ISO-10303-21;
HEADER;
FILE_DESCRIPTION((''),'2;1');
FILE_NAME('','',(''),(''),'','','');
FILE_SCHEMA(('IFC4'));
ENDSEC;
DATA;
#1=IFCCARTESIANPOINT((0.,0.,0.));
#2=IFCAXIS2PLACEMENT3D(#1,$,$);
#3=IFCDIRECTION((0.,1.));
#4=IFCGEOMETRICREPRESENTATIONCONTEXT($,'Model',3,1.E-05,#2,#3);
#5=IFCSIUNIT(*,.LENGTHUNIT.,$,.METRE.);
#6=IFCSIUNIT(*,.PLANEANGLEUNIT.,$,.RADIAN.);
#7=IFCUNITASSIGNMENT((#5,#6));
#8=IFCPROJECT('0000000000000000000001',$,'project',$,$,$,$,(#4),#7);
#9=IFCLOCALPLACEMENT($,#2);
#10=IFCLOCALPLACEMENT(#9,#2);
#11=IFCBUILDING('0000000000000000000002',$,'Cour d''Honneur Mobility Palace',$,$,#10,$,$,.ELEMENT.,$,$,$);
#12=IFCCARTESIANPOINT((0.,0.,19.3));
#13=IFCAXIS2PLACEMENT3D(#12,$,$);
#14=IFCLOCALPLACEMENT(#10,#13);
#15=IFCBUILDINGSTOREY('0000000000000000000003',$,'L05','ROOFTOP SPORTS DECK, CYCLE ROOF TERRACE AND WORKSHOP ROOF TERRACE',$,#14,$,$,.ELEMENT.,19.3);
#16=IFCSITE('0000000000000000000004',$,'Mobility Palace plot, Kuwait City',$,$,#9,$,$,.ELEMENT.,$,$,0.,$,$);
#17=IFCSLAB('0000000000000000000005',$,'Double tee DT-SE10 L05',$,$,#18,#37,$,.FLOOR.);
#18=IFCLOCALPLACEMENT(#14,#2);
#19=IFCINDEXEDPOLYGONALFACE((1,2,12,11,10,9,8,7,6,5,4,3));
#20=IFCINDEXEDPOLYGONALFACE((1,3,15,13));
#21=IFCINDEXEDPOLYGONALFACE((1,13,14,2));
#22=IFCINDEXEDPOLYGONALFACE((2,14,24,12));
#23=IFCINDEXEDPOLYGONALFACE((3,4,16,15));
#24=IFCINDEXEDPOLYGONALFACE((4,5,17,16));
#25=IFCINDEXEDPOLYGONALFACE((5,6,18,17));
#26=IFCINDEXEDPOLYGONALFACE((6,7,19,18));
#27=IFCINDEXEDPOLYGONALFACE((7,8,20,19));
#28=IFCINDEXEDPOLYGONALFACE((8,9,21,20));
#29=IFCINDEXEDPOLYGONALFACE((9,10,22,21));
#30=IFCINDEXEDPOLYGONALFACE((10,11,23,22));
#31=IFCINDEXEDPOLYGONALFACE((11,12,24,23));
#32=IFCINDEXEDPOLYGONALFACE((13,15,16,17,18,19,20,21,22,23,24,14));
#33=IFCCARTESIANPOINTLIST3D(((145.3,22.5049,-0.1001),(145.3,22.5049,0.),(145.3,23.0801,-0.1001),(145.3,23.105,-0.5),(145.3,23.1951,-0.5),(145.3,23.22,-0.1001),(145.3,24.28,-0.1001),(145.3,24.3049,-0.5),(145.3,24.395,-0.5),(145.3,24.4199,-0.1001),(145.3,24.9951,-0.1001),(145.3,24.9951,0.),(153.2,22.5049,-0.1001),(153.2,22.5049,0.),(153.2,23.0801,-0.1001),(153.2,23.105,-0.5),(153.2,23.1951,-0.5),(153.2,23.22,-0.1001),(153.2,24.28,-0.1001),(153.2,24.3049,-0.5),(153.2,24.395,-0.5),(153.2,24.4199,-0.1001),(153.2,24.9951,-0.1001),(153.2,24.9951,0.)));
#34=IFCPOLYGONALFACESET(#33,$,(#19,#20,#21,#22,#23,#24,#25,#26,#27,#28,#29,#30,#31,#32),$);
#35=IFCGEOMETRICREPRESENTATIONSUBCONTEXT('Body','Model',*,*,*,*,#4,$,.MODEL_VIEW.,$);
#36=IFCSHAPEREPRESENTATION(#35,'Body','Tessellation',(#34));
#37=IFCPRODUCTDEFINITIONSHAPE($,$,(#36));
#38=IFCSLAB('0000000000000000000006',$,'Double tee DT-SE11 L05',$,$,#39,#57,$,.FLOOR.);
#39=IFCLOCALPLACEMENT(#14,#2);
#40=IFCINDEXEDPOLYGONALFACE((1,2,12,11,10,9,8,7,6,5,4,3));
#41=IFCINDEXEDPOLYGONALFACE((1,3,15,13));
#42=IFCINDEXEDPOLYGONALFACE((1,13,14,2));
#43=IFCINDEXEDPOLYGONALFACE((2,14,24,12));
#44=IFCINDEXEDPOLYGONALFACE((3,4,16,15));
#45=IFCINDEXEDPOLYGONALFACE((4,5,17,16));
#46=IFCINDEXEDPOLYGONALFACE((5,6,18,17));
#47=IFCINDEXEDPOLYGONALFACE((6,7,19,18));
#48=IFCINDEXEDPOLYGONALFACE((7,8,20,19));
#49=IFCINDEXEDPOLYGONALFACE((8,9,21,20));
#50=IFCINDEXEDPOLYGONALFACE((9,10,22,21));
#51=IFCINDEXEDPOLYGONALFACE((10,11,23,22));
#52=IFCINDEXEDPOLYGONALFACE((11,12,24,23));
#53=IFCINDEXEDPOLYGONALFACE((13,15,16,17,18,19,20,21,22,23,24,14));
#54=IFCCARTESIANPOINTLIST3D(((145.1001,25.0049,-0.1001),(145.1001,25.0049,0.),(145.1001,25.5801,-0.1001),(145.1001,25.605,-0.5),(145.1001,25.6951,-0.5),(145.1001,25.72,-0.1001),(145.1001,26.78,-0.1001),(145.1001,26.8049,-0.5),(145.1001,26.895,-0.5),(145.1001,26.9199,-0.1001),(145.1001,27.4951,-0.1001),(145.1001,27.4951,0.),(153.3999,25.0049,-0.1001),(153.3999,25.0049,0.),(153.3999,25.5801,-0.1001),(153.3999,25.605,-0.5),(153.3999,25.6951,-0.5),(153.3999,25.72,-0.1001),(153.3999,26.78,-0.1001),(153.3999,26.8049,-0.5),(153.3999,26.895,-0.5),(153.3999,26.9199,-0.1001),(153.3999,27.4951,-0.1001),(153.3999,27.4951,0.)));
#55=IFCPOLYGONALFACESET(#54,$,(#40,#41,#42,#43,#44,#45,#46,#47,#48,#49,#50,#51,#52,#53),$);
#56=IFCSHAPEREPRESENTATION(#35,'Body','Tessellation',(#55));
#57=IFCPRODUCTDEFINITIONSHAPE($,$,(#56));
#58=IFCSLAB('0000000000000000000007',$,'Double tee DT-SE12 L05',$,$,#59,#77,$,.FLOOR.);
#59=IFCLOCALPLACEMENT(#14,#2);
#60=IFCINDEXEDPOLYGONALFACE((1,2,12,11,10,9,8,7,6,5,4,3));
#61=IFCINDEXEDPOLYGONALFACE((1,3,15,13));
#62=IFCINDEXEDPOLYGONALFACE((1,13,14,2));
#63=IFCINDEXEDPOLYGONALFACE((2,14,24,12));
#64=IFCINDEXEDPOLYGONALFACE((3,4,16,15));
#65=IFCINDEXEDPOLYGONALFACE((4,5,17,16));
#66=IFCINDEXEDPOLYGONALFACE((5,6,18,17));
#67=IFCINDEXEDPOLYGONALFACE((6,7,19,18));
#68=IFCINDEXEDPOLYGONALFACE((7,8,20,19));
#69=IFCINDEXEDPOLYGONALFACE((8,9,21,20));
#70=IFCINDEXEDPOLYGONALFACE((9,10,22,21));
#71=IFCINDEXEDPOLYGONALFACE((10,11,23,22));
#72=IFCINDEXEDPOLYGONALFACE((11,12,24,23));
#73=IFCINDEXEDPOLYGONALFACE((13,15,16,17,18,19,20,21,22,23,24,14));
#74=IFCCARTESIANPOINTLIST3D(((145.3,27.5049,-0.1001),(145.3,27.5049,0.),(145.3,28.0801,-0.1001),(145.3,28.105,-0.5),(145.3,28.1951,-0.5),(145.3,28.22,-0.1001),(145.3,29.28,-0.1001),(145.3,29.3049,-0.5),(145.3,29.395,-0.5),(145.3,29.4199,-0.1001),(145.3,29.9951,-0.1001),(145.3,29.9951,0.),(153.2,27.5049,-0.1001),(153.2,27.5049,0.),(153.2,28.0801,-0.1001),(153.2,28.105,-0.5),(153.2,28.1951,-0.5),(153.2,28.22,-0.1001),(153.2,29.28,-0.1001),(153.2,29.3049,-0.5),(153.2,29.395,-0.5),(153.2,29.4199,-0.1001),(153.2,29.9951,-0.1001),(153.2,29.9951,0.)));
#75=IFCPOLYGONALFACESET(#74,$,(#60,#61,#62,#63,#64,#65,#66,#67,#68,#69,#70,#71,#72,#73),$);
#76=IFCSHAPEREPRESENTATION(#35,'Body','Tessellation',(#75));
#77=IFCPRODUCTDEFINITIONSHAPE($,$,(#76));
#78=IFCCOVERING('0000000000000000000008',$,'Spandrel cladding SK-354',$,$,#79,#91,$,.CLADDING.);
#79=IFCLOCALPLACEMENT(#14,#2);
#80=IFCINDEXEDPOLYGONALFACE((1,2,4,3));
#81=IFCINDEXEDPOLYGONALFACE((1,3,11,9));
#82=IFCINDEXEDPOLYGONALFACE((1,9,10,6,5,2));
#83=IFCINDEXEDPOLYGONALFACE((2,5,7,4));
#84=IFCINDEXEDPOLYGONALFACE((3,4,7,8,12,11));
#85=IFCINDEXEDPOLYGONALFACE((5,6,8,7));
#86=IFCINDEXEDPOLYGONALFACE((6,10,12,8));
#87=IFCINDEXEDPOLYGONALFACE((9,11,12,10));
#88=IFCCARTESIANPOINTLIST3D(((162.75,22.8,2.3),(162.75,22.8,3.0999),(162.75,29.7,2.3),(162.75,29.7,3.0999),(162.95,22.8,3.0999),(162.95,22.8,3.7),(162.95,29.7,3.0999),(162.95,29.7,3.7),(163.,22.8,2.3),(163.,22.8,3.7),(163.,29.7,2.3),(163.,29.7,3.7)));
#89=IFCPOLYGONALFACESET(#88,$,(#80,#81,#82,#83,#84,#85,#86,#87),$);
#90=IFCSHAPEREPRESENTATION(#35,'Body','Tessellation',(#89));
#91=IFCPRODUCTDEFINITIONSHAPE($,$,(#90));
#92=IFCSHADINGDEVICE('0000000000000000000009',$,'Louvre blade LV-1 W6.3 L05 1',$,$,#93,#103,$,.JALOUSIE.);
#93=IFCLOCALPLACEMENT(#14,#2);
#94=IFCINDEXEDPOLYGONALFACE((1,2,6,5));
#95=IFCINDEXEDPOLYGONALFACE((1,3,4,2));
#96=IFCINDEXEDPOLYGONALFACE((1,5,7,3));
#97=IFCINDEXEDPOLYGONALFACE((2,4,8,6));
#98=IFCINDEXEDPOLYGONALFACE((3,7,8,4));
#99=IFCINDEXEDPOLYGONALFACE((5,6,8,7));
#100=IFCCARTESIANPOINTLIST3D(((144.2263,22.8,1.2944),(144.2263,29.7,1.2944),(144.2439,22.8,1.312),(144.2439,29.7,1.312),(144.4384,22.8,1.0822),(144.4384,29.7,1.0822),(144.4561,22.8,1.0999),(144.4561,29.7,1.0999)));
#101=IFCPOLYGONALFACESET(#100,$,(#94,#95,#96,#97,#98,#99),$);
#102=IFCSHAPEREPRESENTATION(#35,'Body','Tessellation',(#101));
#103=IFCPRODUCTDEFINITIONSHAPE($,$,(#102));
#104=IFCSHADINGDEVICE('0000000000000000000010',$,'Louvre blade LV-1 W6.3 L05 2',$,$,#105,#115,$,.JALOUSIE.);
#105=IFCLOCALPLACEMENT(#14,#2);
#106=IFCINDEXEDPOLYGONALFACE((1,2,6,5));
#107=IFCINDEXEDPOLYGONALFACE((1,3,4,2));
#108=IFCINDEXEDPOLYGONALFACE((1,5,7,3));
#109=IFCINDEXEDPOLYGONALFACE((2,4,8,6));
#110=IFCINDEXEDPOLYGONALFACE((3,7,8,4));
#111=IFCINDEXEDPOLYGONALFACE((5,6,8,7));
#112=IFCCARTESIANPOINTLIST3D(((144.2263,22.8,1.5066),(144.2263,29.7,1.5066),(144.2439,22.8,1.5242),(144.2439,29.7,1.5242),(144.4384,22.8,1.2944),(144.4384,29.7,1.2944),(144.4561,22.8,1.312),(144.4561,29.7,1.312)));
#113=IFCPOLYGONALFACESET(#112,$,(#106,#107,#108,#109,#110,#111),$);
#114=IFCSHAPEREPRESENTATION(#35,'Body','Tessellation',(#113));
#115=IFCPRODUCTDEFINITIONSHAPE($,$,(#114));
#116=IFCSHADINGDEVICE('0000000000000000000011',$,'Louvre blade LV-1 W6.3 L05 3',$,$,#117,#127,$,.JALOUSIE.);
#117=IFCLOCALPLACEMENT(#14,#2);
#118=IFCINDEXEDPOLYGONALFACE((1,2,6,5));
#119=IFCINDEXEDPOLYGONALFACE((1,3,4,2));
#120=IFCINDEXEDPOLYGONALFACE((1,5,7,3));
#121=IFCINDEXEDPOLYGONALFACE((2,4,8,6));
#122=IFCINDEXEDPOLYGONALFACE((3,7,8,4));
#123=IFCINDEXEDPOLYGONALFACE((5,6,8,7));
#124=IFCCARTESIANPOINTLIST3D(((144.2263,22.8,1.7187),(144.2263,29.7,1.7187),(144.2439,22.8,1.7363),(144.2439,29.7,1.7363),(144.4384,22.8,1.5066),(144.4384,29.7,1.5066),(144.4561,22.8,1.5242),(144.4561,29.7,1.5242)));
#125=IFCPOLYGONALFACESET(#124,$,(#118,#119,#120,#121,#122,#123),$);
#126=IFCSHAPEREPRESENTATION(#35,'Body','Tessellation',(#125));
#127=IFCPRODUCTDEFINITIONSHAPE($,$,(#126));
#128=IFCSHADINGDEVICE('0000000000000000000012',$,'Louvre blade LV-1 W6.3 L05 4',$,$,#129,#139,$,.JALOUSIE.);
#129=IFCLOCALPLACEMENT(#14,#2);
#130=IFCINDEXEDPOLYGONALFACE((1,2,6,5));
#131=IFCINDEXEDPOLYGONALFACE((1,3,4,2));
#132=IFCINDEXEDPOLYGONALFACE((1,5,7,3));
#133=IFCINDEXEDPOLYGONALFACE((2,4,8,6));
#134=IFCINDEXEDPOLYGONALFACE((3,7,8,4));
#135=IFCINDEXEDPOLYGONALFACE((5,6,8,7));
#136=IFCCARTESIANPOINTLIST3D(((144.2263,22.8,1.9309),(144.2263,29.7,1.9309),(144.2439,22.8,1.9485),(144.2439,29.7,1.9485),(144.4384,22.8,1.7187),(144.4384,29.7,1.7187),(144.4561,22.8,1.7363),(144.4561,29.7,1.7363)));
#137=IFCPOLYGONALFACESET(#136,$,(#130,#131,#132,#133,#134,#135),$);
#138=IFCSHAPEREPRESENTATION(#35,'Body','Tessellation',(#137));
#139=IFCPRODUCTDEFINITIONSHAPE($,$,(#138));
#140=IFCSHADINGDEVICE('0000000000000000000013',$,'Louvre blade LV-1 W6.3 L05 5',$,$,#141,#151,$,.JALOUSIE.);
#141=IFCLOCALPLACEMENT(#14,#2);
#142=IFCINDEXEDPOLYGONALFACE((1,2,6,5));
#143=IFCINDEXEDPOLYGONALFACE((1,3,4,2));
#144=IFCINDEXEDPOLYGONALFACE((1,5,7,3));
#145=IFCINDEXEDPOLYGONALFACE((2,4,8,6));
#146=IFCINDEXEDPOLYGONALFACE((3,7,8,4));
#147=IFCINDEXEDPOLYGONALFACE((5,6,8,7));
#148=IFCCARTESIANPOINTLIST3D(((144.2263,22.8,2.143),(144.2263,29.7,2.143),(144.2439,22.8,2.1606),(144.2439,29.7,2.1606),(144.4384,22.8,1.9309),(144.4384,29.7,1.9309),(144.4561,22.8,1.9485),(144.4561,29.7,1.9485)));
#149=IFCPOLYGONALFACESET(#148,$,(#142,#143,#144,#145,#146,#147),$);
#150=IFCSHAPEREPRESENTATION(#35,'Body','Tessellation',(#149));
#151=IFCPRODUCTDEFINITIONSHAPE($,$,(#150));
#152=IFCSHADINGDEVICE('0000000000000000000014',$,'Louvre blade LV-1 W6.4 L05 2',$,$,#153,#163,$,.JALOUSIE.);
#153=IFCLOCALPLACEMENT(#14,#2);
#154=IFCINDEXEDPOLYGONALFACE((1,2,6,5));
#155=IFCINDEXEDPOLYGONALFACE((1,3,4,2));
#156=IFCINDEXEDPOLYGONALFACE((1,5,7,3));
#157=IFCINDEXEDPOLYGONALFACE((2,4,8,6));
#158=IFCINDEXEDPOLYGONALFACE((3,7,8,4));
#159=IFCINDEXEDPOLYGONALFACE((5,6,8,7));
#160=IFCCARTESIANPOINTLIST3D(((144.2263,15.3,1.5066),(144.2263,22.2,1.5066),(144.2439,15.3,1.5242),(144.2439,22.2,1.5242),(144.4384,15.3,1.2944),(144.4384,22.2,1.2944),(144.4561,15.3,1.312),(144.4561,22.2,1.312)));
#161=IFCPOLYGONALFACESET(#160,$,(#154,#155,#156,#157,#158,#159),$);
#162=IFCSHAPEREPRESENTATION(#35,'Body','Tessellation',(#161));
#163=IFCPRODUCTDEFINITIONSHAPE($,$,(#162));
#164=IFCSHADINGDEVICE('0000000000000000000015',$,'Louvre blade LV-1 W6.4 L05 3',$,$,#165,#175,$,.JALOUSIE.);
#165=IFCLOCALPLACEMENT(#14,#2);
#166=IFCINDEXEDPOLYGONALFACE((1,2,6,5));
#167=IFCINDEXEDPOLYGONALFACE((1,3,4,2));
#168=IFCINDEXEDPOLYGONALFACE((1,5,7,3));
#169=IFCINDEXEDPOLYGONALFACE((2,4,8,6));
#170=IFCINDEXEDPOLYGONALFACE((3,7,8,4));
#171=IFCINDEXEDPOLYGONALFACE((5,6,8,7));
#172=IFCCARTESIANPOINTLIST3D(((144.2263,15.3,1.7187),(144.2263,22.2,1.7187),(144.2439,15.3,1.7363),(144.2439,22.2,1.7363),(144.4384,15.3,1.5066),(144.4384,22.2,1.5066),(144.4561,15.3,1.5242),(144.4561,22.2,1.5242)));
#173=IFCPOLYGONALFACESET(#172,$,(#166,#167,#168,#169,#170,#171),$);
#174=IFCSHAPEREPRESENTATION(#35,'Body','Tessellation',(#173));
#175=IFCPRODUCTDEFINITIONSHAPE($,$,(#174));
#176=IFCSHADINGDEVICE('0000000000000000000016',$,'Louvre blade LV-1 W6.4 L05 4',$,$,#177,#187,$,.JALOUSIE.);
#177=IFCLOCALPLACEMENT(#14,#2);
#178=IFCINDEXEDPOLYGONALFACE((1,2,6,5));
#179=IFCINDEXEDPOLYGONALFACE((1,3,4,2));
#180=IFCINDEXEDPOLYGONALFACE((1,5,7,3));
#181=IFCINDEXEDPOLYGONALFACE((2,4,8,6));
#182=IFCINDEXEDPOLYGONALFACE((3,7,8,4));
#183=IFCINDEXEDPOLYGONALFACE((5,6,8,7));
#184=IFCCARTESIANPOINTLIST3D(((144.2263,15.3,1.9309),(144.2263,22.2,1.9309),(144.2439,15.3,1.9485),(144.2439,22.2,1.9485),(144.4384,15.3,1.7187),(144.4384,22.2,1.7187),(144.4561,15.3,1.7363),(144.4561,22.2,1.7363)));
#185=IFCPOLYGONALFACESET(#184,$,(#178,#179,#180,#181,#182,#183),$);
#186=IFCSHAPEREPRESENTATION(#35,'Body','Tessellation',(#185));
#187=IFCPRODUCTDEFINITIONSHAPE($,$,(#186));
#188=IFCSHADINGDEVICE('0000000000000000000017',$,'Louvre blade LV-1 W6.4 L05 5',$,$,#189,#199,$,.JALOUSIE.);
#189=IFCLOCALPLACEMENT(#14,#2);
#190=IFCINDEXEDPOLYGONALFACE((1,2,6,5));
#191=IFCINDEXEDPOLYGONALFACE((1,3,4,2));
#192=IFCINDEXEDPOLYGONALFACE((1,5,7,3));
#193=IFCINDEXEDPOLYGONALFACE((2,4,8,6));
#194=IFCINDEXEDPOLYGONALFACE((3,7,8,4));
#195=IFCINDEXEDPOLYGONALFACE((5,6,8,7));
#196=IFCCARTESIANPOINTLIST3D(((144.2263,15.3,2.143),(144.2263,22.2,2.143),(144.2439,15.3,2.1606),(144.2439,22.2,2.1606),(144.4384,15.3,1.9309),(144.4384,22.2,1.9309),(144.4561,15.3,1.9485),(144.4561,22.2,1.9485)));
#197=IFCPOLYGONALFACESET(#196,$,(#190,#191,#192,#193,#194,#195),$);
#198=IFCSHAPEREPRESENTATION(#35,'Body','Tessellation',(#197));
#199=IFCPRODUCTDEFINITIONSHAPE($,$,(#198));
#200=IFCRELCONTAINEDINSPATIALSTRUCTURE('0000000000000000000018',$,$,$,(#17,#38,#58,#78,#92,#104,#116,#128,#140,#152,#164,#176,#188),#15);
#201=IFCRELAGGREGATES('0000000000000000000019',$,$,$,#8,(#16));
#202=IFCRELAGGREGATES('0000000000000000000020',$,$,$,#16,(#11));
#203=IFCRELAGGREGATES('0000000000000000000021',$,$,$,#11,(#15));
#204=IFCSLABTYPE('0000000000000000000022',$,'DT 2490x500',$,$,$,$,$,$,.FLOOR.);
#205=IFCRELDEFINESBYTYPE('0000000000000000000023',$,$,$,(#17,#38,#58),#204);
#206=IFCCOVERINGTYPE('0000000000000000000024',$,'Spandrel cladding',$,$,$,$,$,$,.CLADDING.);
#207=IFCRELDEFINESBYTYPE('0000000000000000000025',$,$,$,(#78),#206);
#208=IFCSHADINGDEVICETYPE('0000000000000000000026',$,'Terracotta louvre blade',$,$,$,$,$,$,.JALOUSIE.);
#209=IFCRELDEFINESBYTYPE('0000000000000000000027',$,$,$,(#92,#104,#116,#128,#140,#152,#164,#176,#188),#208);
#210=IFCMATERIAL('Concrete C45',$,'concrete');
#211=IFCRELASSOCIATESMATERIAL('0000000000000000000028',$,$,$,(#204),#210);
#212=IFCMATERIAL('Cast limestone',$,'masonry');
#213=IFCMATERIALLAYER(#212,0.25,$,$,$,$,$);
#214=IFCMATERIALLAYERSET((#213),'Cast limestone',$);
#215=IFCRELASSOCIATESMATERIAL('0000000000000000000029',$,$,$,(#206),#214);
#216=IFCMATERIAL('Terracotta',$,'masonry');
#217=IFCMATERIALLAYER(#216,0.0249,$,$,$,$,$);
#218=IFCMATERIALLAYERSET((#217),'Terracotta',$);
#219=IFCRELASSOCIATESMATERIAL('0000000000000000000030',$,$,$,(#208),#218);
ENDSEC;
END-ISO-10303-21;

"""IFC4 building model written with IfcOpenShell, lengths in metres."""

from ifc_helpers import new_model, si_unit, direction, frame, origin, place, context, subcontext, project, spatial, polyline, outline, extrude, material, layer, layer_set, material_profile, profile_set, type_object, element, save


model = new_model("IFC4")

# Units and contexts
model_context = context("Model", 3, precision=1e-05, world=origin(), true_north=direction((0.0, 1.0)))
body_context = subcontext(model_context, "Body", "Model", "MODEL_VIEW")
ifc_project = project(units=[si_unit("LENGTHUNIT", "METRE"), si_unit("PLANEANGLEUNIT", "RADIAN")], contexts=[model_context])

# Site, building, storey
site_placement = place(None, origin())
site = spatial("IfcSite", under=ifc_project, at=site_placement, Name="Mobility Palace plot, Kuwait City", CompositionType="ELEMENT", RefElevation=0.0)
building_placement = place(site_placement, origin())
building = spatial("IfcBuilding", under=site, at=building_placement, Name="Cour d'Honneur Mobility Palace", CompositionType="ELEMENT")
storey_placement = place(building_placement, frame((0.0, 0.0, 19.3)))
storey = spatial("IfcBuildingStorey", under=building, at=storey_placement, Name="L05", Description="ROOFTOP SPORTS DECK, CYCLE ROOF TERRACE AND WORKSHOP ROOF TERRACE", CompositionType="ELEMENT", Elevation=19.3)

# Slabs
ifc_material_1 = material(Name="Concrete C45", Category="concrete")
ifc_material_profile_1 = material_profile(ifc_material_1, outline(polyline([(-1.2451, 0.0), (1.2451, 0.0), (1.2451, -0.1001), (0.6699, -0.1001), (0.645, -0.5), (0.5549, -0.5), (0.53, -0.1001), (-0.53, -0.1001), (-0.5549, -0.5), (-0.645, -0.5), (-0.6699, -0.1001), (-1.2451, -0.1001), (-1.2451, 0.0)])), Name="DT 2490x500")
ifc_profile_set_1 = profile_set([ifc_material_profile_1], Name="Concrete C45")
slab_type = type_object("IfcSlabType", Name="DT 2490x500", PredefinedType="FLOOR", material=ifc_profile_set_1)
slab_1_placement = place(storey_placement, frame((145.3, 23.75, 0.0), z_axis=(1.0, 0.0, 0.0), x_axis=(0.0, 1.0, 0.0)))
element("IfcSlab", 1, at=slab_1_placement, inside=storey, type_object=slab_type, Name="Double tee DT-SE10 L05", PredefinedType="FLOOR", context=body_context, shape_type="SweptSolid", body=[
    extrude(outline(polyline([(-1.2451, 0.0), (1.2451, 0.0), (1.2451, -0.1001), (0.6699, -0.1001), (0.645, -0.5), (0.5549, -0.5), (0.53, -0.1001), (-0.53, -0.1001), (-0.5549, -0.5), (-0.645, -0.5), (-0.6699, -0.1001), (-1.2451, -0.1001), (-1.2451, 0.0)])), origin(), (0.0, 0.0, 1.0), 7.8999),
])
slab_2_placement = place(storey_placement, frame((145.1001, 26.25, 0.0), z_axis=(1.0, 0.0, 0.0), x_axis=(0.0, 1.0, 0.0)))
element("IfcSlab", 2, at=slab_2_placement, inside=storey, type_object=slab_type, Name="Double tee DT-SE11 L05", PredefinedType="FLOOR", context=body_context, shape_type="SweptSolid", body=[
    extrude(outline(polyline([(-1.2451, 0.0), (1.2451, 0.0), (1.2451, -0.1001), (0.6699, -0.1001), (0.645, -0.5), (0.5549, -0.5), (0.53, -0.1001), (-0.53, -0.1001), (-0.5549, -0.5), (-0.645, -0.5), (-0.6699, -0.1001), (-1.2451, -0.1001), (-1.2451, 0.0)])), origin(), (0.0, 0.0, 1.0), 8.2998),
])
slab_3_placement = place(storey_placement, frame((145.3, 28.75, 0.0), z_axis=(1.0, 0.0, 0.0), x_axis=(0.0, 1.0, 0.0)))
element("IfcSlab", 3, at=slab_3_placement, inside=storey, type_object=slab_type, Name="Double tee DT-SE12 L05", PredefinedType="FLOOR", context=body_context, shape_type="SweptSolid", body=[
    extrude(outline(polyline([(-1.2451, 0.0), (1.2451, 0.0), (1.2451, -0.1001), (0.6699, -0.1001), (0.645, -0.5), (0.5549, -0.5), (0.53, -0.1001), (-0.53, -0.1001), (-0.5549, -0.5), (-0.645, -0.5), (-0.6699, -0.1001), (-1.2451, -0.1001), (-1.2451, 0.0)])), origin(), (0.0, 0.0, 1.0), 7.8999),
])

# Covering
ifc_material_2 = material(Name="Cast limestone", Category="masonry")
ifc_layer_1 = layer(ifc_material_2, 0.25)
ifc_layer_set_1 = layer_set([ifc_layer_1], Name="Cast limestone")
covering_type = type_object("IfcCoveringType", Name="Spandrel cladding", PredefinedType="CLADDING", material=ifc_layer_set_1)
covering_placement = place(storey_placement, frame((162.75, 22.8, 2.3), z_axis=(0.0, -1.0, 0.0), x_axis=(1.0, 0.0, 0.0)))
element("IfcCovering", 4, at=covering_placement, inside=storey, type_object=covering_type, Name="Spandrel cladding SK-354", PredefinedType="CLADDING", context=body_context, shape_type="SweptSolid", body=[
    extrude(outline(polyline([(0.0, 0.0), (0.25, 0.0), (0.25, 1.3999), (0.2, 1.3999), (0.2, 0.7998), (0.0, 0.7998), (0.0, 0.0)])), origin(), (0.0, 0.0, -1.0), 6.8999),
])

# Shading devices
ifc_material_3 = material(Name="Terracotta", Category="masonry")
ifc_layer_2 = layer(ifc_material_3, 0.0249)
ifc_layer_set_2 = layer_set([ifc_layer_2], Name="Terracotta")
shading_device_type = type_object("IfcShadingDeviceType", Name="Terracotta louvre blade", PredefinedType="JALOUSIE", material=ifc_layer_set_2)
for number, where, z_axis, x_axis, name in (
    (5, (144.4561, 29.7, 1.0999), (0.707107, 0.0, 0.707107), (0.0, -1.0, 0.0), "Louvre blade LV-1 W6.3 L05 1"),
    (6, (144.4561, 29.7, 1.312), (0.707107, 0.0, 0.707107), (0.0, -1.0, 0.0), "Louvre blade LV-1 W6.3 L05 2"),
    (7, (144.4561, 29.7, 1.5242), (0.707107, 0.0, 0.707107), (0.0, -1.0, 0.0), "Louvre blade LV-1 W6.3 L05 3"),
    (8, (144.4561, 29.7, 1.7363), (0.707107, 0.0, 0.707107), (0.0, -1.0, 0.0), "Louvre blade LV-1 W6.3 L05 4"),
    (9, (144.4561, 29.7, 1.9485), (0.707107, 0.0, 0.707107), (0.0, -1.0, 0.0), "Louvre blade LV-1 W6.3 L05 5"),
    (10, (144.4561, 22.2, 1.312), (0.707107, 0.0, 0.707107), (0.0, -1.0, 0.0), "Louvre blade LV-1 W6.4 L05 2"),
    (11, (144.4561, 22.2, 1.5242), (0.707107, 0.0, 0.707107), (0.0, -1.0, 0.0), "Louvre blade LV-1 W6.4 L05 3"),
    (12, (144.4561, 22.2, 1.7363), (0.707107, 0.0, 0.707107), (0.0, -1.0, 0.0), "Louvre blade LV-1 W6.4 L05 4"),
    (13, (144.4561, 22.2, 1.9485), (0.707107, 0.0, 0.707107), (0.0, -1.0, 0.0), "Louvre blade LV-1 W6.4 L05 5"),
):
    element("IfcShadingDevice", number, at=place(storey_placement, frame(where, z_axis=z_axis, x_axis=x_axis)), inside=storey, type_object=shading_device_type, Name=name, PredefinedType="JALOUSIE", context=body_context, shape_type="SweptSolid", body=[
        extrude(outline(polyline([(0.0, 0.0), (6.8999, 0.0), (6.8999, -0.3), (0.0, -0.3), (0.0, 0.0)])), origin(), (0.0, 0.0, -1.0), 0.0249),
    ])

save(model, "model.ifc")
